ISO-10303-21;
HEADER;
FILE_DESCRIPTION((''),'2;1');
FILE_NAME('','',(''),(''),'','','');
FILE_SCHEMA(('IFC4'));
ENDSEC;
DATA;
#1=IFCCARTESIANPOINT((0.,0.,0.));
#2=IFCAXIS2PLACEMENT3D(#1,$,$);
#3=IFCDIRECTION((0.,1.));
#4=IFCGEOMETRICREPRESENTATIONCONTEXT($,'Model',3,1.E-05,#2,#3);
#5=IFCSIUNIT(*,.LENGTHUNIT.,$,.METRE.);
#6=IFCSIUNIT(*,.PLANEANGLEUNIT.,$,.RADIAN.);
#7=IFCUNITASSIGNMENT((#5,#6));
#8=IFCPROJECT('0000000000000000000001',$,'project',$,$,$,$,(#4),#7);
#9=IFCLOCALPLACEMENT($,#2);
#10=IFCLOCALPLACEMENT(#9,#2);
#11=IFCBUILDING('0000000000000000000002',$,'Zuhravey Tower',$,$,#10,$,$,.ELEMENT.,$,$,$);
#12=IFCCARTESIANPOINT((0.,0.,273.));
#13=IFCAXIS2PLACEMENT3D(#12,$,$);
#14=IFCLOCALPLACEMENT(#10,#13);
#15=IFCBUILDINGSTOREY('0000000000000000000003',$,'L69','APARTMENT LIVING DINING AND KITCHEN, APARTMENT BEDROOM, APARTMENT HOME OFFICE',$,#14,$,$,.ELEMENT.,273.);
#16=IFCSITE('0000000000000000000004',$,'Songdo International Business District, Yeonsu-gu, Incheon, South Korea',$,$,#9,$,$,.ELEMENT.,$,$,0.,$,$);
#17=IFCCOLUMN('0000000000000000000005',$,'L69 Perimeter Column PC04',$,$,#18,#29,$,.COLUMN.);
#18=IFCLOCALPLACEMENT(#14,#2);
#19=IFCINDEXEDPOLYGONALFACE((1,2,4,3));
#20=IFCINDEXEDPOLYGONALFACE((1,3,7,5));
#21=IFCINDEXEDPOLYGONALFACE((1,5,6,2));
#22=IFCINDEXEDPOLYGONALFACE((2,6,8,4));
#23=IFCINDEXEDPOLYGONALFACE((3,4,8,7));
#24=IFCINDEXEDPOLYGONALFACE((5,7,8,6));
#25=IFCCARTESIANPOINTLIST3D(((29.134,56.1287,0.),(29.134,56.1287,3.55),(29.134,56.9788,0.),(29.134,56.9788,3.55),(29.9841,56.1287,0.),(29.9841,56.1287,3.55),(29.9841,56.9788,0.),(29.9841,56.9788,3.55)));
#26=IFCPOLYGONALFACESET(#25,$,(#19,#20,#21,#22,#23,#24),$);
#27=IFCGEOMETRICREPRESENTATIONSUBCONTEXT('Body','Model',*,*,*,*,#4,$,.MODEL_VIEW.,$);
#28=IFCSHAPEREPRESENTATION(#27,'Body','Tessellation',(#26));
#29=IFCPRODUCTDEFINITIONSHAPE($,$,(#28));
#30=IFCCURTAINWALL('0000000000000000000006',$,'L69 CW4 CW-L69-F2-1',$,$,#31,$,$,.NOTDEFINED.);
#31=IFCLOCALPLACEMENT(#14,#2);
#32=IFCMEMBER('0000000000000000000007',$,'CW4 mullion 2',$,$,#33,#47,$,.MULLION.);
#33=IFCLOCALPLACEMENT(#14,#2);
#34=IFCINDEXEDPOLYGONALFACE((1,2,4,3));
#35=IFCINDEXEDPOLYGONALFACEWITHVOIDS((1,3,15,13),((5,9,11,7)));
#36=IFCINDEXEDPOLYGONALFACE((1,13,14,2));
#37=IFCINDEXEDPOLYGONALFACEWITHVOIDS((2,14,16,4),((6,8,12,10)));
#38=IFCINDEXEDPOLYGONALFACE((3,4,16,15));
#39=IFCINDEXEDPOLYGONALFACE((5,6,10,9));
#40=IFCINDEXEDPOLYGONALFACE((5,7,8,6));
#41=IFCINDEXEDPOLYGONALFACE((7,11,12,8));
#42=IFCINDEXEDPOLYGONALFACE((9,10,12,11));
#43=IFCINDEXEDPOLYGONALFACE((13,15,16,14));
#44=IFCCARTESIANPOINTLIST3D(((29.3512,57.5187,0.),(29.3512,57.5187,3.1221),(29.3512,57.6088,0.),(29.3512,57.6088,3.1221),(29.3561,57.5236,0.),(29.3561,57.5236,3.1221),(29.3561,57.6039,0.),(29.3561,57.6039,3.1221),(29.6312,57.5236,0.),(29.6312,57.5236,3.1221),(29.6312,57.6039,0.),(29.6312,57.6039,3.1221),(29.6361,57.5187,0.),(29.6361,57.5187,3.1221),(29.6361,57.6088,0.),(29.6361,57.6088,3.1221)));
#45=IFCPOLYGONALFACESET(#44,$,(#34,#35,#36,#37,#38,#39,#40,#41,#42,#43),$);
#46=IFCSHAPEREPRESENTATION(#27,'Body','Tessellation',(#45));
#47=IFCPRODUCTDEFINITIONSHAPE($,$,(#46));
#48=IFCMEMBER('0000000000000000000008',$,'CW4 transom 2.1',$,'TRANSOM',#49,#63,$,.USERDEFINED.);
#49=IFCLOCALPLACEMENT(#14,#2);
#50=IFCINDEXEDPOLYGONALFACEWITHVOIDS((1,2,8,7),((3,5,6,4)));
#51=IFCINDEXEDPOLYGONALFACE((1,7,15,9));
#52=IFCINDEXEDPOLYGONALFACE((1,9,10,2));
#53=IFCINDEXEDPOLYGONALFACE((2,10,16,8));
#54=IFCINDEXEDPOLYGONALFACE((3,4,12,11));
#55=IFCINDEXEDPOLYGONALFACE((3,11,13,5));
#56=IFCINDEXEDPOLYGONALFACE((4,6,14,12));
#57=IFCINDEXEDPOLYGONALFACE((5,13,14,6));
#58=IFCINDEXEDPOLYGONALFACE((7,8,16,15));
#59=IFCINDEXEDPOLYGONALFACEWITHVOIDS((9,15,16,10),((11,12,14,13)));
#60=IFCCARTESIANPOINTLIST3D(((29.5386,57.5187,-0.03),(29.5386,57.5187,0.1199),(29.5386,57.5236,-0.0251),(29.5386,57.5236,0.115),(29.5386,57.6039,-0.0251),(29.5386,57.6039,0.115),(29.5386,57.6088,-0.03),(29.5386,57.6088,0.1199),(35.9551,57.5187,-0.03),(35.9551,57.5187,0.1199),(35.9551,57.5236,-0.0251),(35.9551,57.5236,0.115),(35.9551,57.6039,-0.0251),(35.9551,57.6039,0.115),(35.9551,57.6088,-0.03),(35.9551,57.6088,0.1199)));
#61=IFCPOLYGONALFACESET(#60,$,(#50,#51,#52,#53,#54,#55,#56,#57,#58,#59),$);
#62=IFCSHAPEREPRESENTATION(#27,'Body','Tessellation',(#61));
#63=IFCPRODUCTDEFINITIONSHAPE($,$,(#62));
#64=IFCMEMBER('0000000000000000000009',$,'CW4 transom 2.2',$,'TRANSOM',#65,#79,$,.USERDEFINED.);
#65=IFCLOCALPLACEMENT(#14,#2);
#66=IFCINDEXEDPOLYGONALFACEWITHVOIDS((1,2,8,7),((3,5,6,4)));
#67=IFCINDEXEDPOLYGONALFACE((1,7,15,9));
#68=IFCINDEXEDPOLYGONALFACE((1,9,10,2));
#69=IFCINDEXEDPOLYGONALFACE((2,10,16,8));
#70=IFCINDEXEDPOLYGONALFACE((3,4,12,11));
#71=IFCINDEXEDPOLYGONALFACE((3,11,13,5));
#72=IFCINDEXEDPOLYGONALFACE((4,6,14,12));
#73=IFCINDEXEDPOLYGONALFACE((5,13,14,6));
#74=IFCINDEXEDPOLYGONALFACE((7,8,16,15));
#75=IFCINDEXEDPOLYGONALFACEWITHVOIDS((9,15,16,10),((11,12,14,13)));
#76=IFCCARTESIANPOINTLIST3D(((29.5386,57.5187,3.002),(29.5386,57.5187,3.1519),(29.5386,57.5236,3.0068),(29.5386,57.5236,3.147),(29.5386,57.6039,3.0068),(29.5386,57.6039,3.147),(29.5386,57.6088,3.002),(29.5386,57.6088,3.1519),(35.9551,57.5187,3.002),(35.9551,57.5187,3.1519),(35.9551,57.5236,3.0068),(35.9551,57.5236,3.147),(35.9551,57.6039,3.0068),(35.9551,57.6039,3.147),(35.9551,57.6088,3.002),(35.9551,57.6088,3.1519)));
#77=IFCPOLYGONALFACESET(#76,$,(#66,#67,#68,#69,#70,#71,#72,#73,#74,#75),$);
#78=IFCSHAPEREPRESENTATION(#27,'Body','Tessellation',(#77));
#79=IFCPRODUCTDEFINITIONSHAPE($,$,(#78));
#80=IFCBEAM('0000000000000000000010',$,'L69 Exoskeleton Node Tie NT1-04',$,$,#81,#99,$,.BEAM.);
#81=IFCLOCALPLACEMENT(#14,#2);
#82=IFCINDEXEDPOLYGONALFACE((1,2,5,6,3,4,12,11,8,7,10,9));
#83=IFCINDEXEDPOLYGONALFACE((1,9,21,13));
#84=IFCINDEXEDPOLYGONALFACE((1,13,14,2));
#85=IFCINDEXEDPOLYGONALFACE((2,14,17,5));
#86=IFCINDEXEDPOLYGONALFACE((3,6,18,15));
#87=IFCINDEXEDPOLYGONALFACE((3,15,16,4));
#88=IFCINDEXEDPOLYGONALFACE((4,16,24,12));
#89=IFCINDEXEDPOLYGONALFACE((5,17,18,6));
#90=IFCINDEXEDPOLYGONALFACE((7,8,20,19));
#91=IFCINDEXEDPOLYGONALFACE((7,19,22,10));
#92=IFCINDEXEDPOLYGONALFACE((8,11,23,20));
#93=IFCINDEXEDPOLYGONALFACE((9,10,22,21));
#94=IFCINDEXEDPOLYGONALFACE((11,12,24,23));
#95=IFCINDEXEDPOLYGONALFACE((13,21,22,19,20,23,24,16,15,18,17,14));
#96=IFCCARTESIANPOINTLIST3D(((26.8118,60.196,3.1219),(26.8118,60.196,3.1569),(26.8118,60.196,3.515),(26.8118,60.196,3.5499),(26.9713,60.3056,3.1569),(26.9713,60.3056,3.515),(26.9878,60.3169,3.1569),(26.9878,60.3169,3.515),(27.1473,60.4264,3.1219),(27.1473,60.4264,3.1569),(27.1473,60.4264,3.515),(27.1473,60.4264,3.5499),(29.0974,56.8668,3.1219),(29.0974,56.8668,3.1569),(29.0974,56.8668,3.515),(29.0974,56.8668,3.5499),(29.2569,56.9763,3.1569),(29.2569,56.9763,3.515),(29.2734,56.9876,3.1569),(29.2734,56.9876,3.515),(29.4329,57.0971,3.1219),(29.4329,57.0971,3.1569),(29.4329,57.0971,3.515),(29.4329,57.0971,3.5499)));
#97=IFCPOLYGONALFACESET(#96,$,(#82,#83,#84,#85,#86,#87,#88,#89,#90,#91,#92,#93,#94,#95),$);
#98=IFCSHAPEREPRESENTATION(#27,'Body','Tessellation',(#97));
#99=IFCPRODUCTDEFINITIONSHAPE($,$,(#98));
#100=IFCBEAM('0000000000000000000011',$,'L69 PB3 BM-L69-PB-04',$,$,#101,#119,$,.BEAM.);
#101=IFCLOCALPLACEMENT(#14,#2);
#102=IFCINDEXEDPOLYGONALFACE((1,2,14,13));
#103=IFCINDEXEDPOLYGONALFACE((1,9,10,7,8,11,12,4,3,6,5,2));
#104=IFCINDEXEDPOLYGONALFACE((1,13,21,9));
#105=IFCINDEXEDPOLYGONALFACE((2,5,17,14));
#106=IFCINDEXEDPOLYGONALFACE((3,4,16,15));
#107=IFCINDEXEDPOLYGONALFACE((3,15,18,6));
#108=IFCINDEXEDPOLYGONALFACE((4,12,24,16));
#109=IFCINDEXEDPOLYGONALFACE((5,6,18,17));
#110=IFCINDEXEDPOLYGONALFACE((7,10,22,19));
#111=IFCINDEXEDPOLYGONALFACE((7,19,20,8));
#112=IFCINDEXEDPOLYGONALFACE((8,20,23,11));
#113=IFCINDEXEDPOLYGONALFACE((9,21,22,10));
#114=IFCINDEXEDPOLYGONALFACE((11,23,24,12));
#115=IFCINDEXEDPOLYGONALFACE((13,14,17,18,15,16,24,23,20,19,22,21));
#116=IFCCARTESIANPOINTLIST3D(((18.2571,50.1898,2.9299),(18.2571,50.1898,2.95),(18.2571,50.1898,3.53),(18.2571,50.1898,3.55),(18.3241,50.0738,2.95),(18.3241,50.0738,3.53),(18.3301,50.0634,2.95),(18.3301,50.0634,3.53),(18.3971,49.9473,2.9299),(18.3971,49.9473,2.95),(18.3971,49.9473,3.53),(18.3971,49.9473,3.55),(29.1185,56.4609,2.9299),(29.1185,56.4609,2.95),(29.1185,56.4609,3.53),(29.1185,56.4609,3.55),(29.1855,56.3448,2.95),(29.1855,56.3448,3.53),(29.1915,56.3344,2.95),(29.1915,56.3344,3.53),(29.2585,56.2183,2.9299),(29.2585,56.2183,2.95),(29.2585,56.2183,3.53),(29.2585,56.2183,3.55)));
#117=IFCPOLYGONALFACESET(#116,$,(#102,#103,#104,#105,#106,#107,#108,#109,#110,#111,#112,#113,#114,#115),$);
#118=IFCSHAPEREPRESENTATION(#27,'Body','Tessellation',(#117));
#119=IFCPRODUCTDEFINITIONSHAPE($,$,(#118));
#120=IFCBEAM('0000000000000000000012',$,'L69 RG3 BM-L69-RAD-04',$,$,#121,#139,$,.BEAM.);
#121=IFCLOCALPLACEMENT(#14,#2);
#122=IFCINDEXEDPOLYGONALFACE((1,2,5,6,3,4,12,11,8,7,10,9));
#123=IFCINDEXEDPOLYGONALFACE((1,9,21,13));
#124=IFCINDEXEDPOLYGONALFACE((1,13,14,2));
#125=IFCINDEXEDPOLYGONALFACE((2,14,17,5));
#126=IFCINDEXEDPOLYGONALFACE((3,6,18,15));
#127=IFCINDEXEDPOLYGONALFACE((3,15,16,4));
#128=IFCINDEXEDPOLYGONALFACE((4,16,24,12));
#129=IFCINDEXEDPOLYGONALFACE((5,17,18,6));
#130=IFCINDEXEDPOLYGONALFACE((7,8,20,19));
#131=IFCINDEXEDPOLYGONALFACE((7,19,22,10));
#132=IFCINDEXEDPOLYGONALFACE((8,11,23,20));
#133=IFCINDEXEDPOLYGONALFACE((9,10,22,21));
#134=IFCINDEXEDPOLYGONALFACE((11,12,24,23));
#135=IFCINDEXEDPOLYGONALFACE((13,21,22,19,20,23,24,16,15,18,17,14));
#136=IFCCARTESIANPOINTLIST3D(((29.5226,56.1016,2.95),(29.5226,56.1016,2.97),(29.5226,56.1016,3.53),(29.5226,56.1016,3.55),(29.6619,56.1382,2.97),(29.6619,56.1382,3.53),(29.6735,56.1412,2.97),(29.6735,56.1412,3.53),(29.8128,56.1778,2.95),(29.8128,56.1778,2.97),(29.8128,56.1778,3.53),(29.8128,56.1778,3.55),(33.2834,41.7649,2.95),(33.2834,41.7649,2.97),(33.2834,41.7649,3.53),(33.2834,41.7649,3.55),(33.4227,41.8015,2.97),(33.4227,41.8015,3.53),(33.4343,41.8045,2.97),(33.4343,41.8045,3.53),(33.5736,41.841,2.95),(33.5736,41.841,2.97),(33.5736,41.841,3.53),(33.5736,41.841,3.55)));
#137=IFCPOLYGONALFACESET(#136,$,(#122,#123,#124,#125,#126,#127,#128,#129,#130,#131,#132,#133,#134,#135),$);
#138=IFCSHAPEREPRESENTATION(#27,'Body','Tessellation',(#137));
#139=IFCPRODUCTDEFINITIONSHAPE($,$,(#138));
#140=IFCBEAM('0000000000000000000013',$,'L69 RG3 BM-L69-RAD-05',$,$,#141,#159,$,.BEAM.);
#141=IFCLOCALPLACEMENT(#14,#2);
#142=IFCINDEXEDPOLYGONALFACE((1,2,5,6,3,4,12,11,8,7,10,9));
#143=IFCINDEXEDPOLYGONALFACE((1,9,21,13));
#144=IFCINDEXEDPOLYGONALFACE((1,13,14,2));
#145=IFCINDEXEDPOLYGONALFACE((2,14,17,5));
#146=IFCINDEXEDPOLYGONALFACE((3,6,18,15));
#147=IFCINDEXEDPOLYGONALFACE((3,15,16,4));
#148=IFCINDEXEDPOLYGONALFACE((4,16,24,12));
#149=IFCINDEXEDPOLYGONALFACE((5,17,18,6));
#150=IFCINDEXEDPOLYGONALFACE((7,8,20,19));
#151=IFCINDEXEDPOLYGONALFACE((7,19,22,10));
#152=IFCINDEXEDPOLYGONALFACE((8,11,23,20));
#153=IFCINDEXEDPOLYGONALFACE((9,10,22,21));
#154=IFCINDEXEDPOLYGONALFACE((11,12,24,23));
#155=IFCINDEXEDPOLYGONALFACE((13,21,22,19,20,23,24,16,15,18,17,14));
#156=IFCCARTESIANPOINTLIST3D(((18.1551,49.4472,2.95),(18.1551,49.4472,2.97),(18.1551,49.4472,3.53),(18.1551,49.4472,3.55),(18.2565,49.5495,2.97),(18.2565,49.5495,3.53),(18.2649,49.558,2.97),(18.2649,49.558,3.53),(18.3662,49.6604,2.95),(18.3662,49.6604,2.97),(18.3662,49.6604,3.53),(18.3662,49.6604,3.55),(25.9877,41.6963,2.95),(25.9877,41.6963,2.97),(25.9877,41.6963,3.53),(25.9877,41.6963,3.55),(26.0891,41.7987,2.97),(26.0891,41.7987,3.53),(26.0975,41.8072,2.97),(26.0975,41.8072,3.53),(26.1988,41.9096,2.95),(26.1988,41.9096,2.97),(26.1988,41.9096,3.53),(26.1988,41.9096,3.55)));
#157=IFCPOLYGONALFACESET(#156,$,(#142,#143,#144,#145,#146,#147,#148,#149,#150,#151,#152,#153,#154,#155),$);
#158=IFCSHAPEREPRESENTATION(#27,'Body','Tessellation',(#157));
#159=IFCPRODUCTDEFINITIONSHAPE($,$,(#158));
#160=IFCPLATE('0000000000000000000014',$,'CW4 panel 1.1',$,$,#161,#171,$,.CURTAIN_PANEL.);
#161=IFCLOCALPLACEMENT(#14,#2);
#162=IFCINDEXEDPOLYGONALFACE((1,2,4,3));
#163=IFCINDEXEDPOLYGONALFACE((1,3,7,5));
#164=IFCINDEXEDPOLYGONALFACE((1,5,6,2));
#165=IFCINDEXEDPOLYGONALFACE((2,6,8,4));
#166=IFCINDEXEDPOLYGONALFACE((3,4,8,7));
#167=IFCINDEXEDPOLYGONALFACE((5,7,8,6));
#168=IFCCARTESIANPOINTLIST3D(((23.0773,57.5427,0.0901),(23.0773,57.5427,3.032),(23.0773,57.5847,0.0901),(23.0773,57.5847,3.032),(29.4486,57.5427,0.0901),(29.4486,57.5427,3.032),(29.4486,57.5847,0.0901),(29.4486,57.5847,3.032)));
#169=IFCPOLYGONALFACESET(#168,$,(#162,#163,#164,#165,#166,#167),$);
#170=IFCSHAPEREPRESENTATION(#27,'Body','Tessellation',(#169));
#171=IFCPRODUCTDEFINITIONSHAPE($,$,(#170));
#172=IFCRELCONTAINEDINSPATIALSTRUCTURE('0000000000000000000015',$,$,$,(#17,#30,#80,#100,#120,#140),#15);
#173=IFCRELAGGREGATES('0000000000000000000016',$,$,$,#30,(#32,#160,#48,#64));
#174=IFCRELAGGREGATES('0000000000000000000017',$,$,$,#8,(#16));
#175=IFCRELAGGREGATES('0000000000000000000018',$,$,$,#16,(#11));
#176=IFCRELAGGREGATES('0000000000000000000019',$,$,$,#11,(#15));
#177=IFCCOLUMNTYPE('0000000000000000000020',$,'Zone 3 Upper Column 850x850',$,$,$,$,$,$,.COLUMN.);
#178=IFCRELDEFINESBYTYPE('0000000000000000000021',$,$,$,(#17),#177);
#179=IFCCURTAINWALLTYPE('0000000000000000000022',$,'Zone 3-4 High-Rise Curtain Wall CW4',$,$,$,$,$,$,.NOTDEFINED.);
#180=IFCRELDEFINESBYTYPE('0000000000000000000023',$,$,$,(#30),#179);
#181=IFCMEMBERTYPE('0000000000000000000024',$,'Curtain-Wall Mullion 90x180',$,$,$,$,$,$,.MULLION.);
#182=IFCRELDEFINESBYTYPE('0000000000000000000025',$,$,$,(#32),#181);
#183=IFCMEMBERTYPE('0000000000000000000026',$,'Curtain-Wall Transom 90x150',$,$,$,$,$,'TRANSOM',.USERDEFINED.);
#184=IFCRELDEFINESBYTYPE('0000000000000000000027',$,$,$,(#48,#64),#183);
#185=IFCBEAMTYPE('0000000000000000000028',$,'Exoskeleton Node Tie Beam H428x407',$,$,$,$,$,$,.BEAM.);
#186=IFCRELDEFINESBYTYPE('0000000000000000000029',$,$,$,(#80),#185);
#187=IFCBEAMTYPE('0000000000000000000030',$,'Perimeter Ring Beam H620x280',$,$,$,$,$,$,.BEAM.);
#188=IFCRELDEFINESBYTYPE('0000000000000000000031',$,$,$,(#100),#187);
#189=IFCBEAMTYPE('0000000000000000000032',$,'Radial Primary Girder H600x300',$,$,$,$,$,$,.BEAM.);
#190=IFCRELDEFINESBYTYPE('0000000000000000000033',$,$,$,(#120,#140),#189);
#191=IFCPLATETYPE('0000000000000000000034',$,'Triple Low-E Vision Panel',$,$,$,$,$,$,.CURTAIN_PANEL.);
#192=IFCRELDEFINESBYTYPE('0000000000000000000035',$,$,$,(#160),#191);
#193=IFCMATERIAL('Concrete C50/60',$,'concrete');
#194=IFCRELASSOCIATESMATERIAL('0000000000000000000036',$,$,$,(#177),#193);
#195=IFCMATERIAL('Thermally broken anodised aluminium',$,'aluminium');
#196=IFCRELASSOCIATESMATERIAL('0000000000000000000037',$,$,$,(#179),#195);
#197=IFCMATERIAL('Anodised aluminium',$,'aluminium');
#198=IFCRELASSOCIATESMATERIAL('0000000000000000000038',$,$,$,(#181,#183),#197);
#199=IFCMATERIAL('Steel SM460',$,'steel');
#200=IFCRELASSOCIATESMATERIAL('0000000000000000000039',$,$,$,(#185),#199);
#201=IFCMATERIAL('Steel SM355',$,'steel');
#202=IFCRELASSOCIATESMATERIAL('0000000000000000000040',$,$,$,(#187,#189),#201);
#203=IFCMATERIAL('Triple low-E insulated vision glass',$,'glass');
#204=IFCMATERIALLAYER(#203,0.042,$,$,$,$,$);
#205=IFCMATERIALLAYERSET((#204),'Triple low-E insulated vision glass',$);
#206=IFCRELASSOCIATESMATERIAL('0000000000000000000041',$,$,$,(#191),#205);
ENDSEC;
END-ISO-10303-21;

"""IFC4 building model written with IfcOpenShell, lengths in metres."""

from ifc_helpers import new_model, si_unit, direction, frame, origin, origin_2d, place, context, subcontext, project, spatial, rectangle, hollow_rectangle, i_section, extrude, material, layer, layer_set, material_profile, profile_set, type_object, element, aggregate, save


model = new_model("IFC4")

# Units and contexts
model_context = context("Model", 3, precision=1e-05, world=origin(), true_north=direction((0.0, 1.0)))
body_context = subcontext(model_context, "Body", "Model", "MODEL_VIEW")
ifc_project = project(units=[si_unit("LENGTHUNIT", "METRE"), si_unit("PLANEANGLEUNIT", "RADIAN")], contexts=[model_context])

# Site, building, storey
site_placement = place(None, origin())
site = spatial("IfcSite", under=ifc_project, at=site_placement, Name="Songdo International Business District, Yeonsu-gu, Incheon, South Korea", CompositionType="ELEMENT", RefElevation=0.0)
building_placement = place(site_placement, origin())
building = spatial("IfcBuilding", under=site, at=building_placement, Name="Zuhravey Tower", CompositionType="ELEMENT")
storey_placement = place(building_placement, frame((0.0, 0.0, 273.0)))
storey = spatial("IfcBuildingStorey", under=building, at=storey_placement, Name="L69", Description="APARTMENT LIVING DINING AND KITCHEN, APARTMENT BEDROOM, APARTMENT HOME OFFICE", CompositionType="ELEMENT", Elevation=273.0)

# Column
ifc_material_1 = material(Name="Concrete C50/60", Category="concrete")
ifc_material_profile_1 = material_profile(ifc_material_1, rectangle(XDim=0.8501, YDim=0.8501, at=origin_2d()), Name="RC-850x850")
ifc_profile_set_1 = profile_set([ifc_material_profile_1], Name="Concrete C50/60")
column_type = type_object("IfcColumnType", Name="Zone 3 Upper Column 850x850", PredefinedType="COLUMN", material=ifc_profile_set_1)
column_placement = place(storey_placement, frame((29.5591, 56.5537, 0.0), z_axis=(0.0, 0.0, 1.0), x_axis=(-1.0, 0.0, 0.0)))
element("IfcColumn", 1, at=column_placement, inside=storey, type_object=column_type, Name="L69 Perimeter Column PC04", PredefinedType="COLUMN", context=body_context, shape_type="SweptSolid", body=[
    extrude(rectangle(XDim=0.8501, YDim=0.8501, at=origin_2d()), origin(), (0.0, 0.0, 1.0), 3.55),
])

# Curtain wall, members
ifc_material_2 = material(Name="Thermally broken anodised aluminium", Category="aluminium")
curtain_wall_type = type_object("IfcCurtainWallType", Name="Zone 3-4 High-Rise Curtain Wall CW4", PredefinedType="NOTDEFINED", material=ifc_material_2)
curtain_wall_placement = place(storey_placement, origin())
curtain_wall = element("IfcCurtainWall", 2, at=curtain_wall_placement, inside=storey, type_object=curtain_wall_type, Name="L69 CW4 CW-L69-F2-1", PredefinedType="NOTDEFINED")
ifc_material_3 = material(Name="Anodised aluminium", Category="aluminium")
ifc_material_profile_2 = material_profile(ifc_material_3, hollow_rectangle(XDim=0.0901, YDim=0.2849, WallThickness=0.0049, at=origin_2d()), Name="ALU-RHS-90x285x5")
ifc_profile_set_2 = profile_set([ifc_material_profile_2], Name="Anodised aluminium")
member_type_1 = type_object("IfcMemberType", Name="Curtain-Wall Mullion 90x180", PredefinedType="MULLION", material=ifc_profile_set_2)
member_1_placement = place(storey_placement, frame((29.4937, 57.5637, 0.0), z_axis=(0.0, 0.0, 1.0), x_axis=(0.0, 1.0, 0.0)))
member_1 = element("IfcMember", 3, at=member_1_placement, type_object=member_type_1, Name="CW4 mullion 2", PredefinedType="MULLION", context=body_context, shape_type="SweptSolid", body=[
    extrude(hollow_rectangle(XDim=0.0901, YDim=0.2849, WallThickness=0.0049, at=origin_2d()), origin(), (0.0, 0.0, 1.0), 3.1221),
])
ifc_material_profile_3 = material_profile(ifc_material_3, hollow_rectangle(XDim=0.0901, YDim=0.1499, WallThickness=0.0049, at=origin_2d()), Name="ALU-RHS-90x150x5")
ifc_profile_set_3 = profile_set([ifc_material_profile_3], Name="Anodised aluminium")
member_type_2 = type_object("IfcMemberType", Name="Curtain-Wall Transom 90x150", ElementType="TRANSOM", PredefinedType="USERDEFINED", material=ifc_profile_set_3)
member_2_placement = place(storey_placement, frame((29.5386, 57.5637, 0.0449), z_axis=(1.0, 0.0, 0.0), x_axis=(0.0, 1.0, 0.0)))
member_2 = element("IfcMember", 4, at=member_2_placement, type_object=member_type_2, Name="CW4 transom 2.1", ObjectType="TRANSOM", PredefinedType="USERDEFINED", context=body_context, shape_type="SweptSolid", body=[
    extrude(hollow_rectangle(XDim=0.0901, YDim=0.1499, WallThickness=0.0049, at=origin_2d()), origin(), (0.0, 0.0, 1.0), 6.4165),
])
member_3_placement = place(storey_placement, frame((29.5386, 57.5637, 3.0769), z_axis=(1.0, 0.0, 0.0), x_axis=(0.0, 1.0, 0.0)))
member_3 = element("IfcMember", 5, at=member_3_placement, type_object=member_type_2, Name="CW4 transom 2.2", ObjectType="TRANSOM", PredefinedType="USERDEFINED", context=body_context, shape_type="SweptSolid", body=[
    extrude(hollow_rectangle(XDim=0.0901, YDim=0.1499, WallThickness=0.0049, at=origin_2d()), origin(), (0.0, 0.0, 1.0), 6.4165),
])

# Beams
ifc_material_4 = material(Name="Steel SM460", Category="steel")
ifc_material_profile_4 = material_profile(ifc_material_4, i_section(OverallWidth=0.407, OverallDepth=0.428, WebThickness=0.02, FlangeThickness=0.0349, at=origin_2d()), Name="H-428x407x20x35")
ifc_profile_set_4 = profile_set([ifc_material_profile_4], Name="Steel SM460")
beam_type_1 = type_object("IfcBeamType", Name="Exoskeleton Node Tie Beam H428x407", PredefinedType="BEAM", material=ifc_profile_set_4)
beam_1_placement = place(storey_placement, frame((29.2651, 56.9819, 3.3359), z_axis=(-0.565977, 0.824421, 0.0), x_axis=(-0.824421, -0.565977, 0.0)))
element("IfcBeam", 6, at=beam_1_placement, inside=storey, type_object=beam_type_1, Name="L69 Exoskeleton Node Tie NT1-04", PredefinedType="BEAM", context=body_context, shape_type="SweptSolid", body=[
    extrude(i_section(OverallWidth=0.407, OverallDepth=0.428, WebThickness=0.02, FlangeThickness=0.0349, at=origin_2d()), origin(), (0.0, 0.0, 1.0), 4.0383),
])
ifc_material_5 = material(Name="Steel SM355", Category="steel")
ifc_material_profile_5 = material_profile(ifc_material_5, i_section(OverallWidth=0.28, OverallDepth=0.6201, WebThickness=0.012, FlangeThickness=0.02, at=origin_2d()), Name="H-620x280x12x20")
ifc_profile_set_5 = profile_set([ifc_material_profile_5], Name="Steel SM355")
beam_type_2 = type_object("IfcBeamType", Name="Perimeter Ring Beam H620x280", PredefinedType="BEAM", material=ifc_profile_set_5)
beam_2_placement = place(storey_placement, frame((29.1885, 56.3396, 3.24), z_axis=(-0.866018, -0.500012, 0.0), x_axis=(0.500012, -0.866018, 0.0)))
element("IfcBeam", 7, at=beam_2_placement, inside=storey, type_object=beam_type_2, Name="L69 PB3 BM-L69-PB-04", PredefinedType="BEAM", context=body_context, shape_type="SweptSolid", body=[
    extrude(i_section(OverallWidth=0.28, OverallDepth=0.6201, WebThickness=0.012, FlangeThickness=0.02, at=origin_2d()), origin(), (0.0, 0.0, 1.0), 12.5417),
])
ifc_material_profile_6 = material_profile(ifc_material_5, i_section(OverallWidth=0.3, OverallDepth=0.6001, WebThickness=0.012, FlangeThickness=0.02, at=origin_2d()), Name="H-600x300x12x20")
ifc_profile_set_6 = profile_set([ifc_material_profile_6], Name="Steel SM355")
beam_type_3 = type_object("IfcBeamType", Name="Radial Primary Girder H600x300", PredefinedType="BEAM", material=ifc_profile_set_6)
beam_3_placement = place(storey_placement, frame((33.4285, 41.803, 3.25), z_axis=(-0.253732, 0.967275, 0.0), x_axis=(-0.967275, -0.253732, 0.0)))
element("IfcBeam", 8, at=beam_3_placement, inside=storey, type_object=beam_type_3, Name="L69 RG3 BM-L69-RAD-04", PredefinedType="BEAM", context=body_context, shape_type="SweptSolid", body=[
    extrude(i_section(OverallWidth=0.3, OverallDepth=0.6001, WebThickness=0.012, FlangeThickness=0.02, at=origin_2d()), origin(), (0.0, 0.0, 1.0), 14.8218),
])
beam_4_placement = place(storey_placement, frame((26.0933, 41.803, 3.25), z_axis=(-0.710808, 0.703386, 0.0), x_axis=(-0.703386, -0.710808, 0.0)))
element("IfcBeam", 9, at=beam_4_placement, inside=storey, type_object=beam_type_3, Name="L69 RG3 BM-L69-RAD-05", PredefinedType="BEAM", context=body_context, shape_type="SweptSolid", body=[
    extrude(i_section(OverallWidth=0.3, OverallDepth=0.6001, WebThickness=0.012, FlangeThickness=0.02, at=origin_2d()), origin(), (0.0, 0.0, 1.0), 11.0193),
])

# Plate
ifc_material_6 = material(Name="Triple low-E insulated vision glass", Category="glass")
ifc_layer_1 = layer(ifc_material_6, 0.042)
ifc_layer_set_1 = layer_set([ifc_layer_1], Name="Triple low-E insulated vision glass")
plate_type = type_object("IfcPlateType", Name="Triple Low-E Vision Panel", PredefinedType="CURTAIN_PANEL", material=ifc_layer_set_1)
plate_1_placement = place(storey_placement, frame((26.2629, 57.5637, 0.0901), z_axis=(0.0, 0.0, 1.0), x_axis=(1.0, 0.0, 0.0)))
plate_1 = element("IfcPlate", 10, at=plate_1_placement, type_object=plate_type, Name="CW4 panel 1.1", PredefinedType="CURTAIN_PANEL", context=body_context, shape_type="SweptSolid", body=[
    extrude(rectangle(XDim=6.3713, YDim=0.042, at=origin_2d()), origin(), (0.0, 0.0, 1.0), 2.9419),
])
aggregate(curtain_wall, [member_1, plate_1, member_2, member_3])

save(model, "model.ifc")
